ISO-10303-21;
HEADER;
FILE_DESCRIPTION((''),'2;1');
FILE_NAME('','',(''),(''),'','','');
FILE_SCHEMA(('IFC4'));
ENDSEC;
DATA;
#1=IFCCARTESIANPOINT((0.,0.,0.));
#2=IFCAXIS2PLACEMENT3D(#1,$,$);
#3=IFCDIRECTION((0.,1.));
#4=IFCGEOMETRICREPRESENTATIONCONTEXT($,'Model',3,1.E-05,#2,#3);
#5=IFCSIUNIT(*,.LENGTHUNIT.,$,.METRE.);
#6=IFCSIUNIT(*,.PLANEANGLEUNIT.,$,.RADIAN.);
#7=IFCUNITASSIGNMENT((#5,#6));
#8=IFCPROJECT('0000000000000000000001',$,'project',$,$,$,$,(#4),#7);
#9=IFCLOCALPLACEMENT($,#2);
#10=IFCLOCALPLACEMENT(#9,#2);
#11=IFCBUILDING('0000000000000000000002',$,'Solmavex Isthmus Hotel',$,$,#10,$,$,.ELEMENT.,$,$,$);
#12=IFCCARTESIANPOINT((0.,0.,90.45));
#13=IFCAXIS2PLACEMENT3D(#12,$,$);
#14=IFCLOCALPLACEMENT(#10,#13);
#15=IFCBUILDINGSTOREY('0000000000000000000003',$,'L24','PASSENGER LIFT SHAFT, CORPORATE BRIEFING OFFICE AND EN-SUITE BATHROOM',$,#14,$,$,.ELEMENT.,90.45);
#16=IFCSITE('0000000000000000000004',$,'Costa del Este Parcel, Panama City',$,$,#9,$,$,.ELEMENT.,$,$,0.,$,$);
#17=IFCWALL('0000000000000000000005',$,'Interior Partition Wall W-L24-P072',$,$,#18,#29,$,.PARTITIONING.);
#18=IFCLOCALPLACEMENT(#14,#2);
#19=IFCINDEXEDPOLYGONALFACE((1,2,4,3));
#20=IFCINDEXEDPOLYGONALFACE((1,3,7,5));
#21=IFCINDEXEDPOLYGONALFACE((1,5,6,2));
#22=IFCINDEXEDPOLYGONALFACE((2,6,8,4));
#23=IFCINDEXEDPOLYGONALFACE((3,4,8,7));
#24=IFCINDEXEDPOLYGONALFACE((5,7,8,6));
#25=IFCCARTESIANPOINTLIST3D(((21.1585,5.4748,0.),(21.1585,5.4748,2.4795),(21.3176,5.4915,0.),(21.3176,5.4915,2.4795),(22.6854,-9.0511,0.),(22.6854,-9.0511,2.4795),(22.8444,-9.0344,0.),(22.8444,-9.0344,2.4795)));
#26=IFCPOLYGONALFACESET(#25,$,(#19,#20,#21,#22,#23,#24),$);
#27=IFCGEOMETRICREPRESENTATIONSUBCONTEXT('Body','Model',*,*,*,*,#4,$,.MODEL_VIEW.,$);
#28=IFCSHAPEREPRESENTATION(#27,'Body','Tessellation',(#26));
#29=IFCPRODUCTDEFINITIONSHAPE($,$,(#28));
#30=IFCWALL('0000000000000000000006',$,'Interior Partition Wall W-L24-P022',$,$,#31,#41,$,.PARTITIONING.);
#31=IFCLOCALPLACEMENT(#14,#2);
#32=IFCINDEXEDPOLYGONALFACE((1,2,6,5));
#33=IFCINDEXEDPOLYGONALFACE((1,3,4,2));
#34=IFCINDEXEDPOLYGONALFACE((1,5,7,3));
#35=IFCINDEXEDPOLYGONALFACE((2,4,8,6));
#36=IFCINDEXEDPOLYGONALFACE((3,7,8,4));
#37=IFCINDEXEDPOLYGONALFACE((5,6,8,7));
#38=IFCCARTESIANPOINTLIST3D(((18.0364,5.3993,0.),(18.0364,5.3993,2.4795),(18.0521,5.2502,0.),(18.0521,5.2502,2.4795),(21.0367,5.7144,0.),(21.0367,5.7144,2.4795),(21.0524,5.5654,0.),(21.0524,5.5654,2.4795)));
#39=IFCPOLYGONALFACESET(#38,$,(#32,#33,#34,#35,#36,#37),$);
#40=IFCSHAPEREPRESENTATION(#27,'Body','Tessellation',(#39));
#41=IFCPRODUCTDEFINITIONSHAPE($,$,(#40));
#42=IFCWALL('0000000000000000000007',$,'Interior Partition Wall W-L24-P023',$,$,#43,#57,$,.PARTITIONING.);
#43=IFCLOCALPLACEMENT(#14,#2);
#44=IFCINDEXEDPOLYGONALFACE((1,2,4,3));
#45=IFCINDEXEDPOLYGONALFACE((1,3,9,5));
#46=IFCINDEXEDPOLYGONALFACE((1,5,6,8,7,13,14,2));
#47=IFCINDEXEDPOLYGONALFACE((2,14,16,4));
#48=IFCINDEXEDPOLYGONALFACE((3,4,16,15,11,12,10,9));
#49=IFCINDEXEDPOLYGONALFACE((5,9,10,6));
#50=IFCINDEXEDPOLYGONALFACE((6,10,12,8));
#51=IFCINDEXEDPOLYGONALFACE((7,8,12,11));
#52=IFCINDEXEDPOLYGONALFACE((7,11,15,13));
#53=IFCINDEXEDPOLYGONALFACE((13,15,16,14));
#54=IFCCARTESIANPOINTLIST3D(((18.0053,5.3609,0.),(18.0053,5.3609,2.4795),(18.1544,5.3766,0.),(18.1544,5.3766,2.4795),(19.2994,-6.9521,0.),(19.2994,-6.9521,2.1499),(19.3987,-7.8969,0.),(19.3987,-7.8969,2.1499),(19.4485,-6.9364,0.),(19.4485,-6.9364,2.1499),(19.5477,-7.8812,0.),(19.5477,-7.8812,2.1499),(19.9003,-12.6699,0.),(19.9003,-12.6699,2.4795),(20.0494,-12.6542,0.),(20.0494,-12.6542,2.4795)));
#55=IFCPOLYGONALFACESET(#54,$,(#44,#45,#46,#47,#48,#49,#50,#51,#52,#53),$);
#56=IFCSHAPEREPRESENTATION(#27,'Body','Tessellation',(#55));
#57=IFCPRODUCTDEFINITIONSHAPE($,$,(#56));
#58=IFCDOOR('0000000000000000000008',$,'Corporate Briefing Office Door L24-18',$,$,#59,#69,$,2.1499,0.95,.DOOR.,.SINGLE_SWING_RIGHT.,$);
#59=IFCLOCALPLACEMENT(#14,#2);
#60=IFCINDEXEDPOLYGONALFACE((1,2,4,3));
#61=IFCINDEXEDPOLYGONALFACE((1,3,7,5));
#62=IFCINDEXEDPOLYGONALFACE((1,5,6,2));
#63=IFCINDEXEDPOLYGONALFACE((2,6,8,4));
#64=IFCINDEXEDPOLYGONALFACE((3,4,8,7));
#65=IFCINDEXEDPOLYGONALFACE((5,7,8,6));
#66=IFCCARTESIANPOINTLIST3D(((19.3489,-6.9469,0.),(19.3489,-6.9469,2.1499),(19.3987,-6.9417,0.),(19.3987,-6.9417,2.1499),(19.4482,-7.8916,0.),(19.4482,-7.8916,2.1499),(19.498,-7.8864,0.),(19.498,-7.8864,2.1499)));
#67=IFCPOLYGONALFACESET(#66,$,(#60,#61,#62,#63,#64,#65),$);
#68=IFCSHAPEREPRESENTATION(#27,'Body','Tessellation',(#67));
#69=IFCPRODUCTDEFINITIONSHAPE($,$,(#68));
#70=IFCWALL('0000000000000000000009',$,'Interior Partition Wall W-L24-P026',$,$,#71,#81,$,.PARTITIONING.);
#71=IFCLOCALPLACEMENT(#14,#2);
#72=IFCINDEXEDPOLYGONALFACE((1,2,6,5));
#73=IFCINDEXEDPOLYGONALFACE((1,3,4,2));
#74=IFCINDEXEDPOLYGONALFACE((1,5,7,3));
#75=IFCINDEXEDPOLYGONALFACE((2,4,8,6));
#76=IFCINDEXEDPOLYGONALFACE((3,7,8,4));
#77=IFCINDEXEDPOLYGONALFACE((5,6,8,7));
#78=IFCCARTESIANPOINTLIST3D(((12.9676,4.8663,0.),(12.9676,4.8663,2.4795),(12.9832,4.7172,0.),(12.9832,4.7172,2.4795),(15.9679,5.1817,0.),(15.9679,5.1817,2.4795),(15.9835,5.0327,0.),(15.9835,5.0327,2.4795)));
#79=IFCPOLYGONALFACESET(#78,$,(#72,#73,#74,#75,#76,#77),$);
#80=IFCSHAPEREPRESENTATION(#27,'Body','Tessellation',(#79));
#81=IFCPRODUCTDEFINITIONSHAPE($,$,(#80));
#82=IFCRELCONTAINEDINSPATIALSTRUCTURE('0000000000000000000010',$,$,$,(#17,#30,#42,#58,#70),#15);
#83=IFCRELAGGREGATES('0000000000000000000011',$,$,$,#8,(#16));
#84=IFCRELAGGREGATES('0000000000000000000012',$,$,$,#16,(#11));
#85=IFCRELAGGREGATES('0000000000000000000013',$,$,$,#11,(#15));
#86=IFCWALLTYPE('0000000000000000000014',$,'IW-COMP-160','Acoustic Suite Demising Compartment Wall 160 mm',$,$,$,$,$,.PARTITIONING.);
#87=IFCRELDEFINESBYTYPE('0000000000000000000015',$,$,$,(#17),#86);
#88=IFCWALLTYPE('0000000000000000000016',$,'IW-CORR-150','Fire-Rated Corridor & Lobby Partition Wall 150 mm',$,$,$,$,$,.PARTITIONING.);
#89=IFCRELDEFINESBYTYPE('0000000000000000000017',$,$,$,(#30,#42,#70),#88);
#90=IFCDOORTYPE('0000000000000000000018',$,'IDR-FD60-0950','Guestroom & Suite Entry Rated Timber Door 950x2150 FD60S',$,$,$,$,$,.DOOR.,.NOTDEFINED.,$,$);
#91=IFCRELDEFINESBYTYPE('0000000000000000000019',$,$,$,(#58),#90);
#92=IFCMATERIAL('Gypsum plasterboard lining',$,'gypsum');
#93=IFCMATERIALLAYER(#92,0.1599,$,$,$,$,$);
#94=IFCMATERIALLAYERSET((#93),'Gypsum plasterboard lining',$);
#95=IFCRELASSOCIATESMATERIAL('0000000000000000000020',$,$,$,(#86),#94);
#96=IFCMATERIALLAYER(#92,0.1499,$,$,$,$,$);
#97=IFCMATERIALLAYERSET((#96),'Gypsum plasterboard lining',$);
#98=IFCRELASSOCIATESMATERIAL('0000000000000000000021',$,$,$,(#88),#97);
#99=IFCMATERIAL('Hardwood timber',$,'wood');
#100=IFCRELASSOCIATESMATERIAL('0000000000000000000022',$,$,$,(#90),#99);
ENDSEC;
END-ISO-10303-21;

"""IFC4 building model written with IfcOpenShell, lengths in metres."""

from ifc_helpers import new_model, si_unit, direction, frame, frame_2d, origin, place, context, subcontext, project, spatial, rectangle, extrude, material, layer, layer_set, type_object, element, fill, save


model = new_model("IFC4")

# Units and contexts
model_context = context("Model", 3, precision=1e-05, world=origin(), true_north=direction((0.0, 1.0)))
body_context = subcontext(model_context, "Body", "Model", "MODEL_VIEW")
ifc_project = project(units=[si_unit("LENGTHUNIT", "METRE"), si_unit("PLANEANGLEUNIT", "RADIAN")], contexts=[model_context])

# Site, building, storey
site_placement = place(None, origin())
site = spatial("IfcSite", under=ifc_project, at=site_placement, Name="Costa del Este Parcel, Panama City", CompositionType="ELEMENT", RefElevation=0.0)
building_placement = place(site_placement, origin())
building = spatial("IfcBuilding", under=site, at=building_placement, Name="Solmavex Isthmus Hotel", CompositionType="ELEMENT")
storey_placement = place(building_placement, frame((0.0, 0.0, 90.45)))
storey = spatial("IfcBuildingStorey", under=building, at=storey_placement, Name="L24", Description="PASSENGER LIFT SHAFT, CORPORATE BRIEFING OFFICE AND EN-SUITE BATHROOM", CompositionType="ELEMENT", Elevation=90.45)

# Walls
ifc_material_1 = material(Name="Gypsum plasterboard lining", Category="gypsum")
ifc_layer_1 = layer(ifc_material_1, 0.1599)
ifc_layer_set_1 = layer_set([ifc_layer_1], Name="Gypsum plasterboard lining")
wall_type_1 = type_object("IfcWallType", Name="IW-COMP-160", Description="Acoustic Suite Demising Compartment Wall 160 mm", PredefinedType="PARTITIONING", material=ifc_layer_set_1)
wall_1_placement = place(storey_placement, frame((21.238, 5.4832, 0.0), z_axis=(0.0, 0.0, 1.0), x_axis=(0.104537, -0.994521, 0.0)))
element("IfcWall", 1, at=wall_1_placement, inside=storey, type_object=wall_type_1, Name="Interior Partition Wall W-L24-P072", PredefinedType="PARTITIONING", context=body_context, shape_type="SweptSolid", body=[
    extrude(rectangle(XDim=14.606, YDim=0.1599, at=frame_2d((7.303, 0.0))), origin(), (0.0, 0.0, 1.0), 2.4795),
])
ifc_layer_2 = layer(ifc_material_1, 0.1499)
ifc_layer_set_2 = layer_set([ifc_layer_2], Name="Gypsum plasterboard lining")
wall_type_2 = type_object("IfcWallType", Name="IW-CORR-150", Description="Fire-Rated Corridor & Lobby Partition Wall 150 mm", PredefinedType="PARTITIONING", material=ifc_layer_set_2)
wall_2_placement = place(storey_placement, frame((21.0444, 5.6399, 0.0), z_axis=(0.0, 0.0, 1.0), x_axis=(-0.994527, -0.104478, 0.0)))
element("IfcWall", 2, at=wall_2_placement, inside=storey, type_object=wall_type_2, Name="Interior Partition Wall W-L24-P022", PredefinedType="PARTITIONING", context=body_context, shape_type="SweptSolid", body=[
    extrude(rectangle(XDim=3.0168, YDim=0.1499, at=frame_2d((1.5083, 0.0))), origin(), (0.0, 0.0, 1.0), 2.4795),
])

# Wall, opening, door
wall_3_placement = place(storey_placement, frame((18.0798, 5.3687, 0.0), z_axis=(0.0, 0.0, 1.0), x_axis=(0.104524, -0.994522, 0.0)))
wall_3 = element("IfcWall", 3, at=wall_3_placement, inside=storey, type_object=wall_type_2, Name="Interior Partition Wall W-L24-P023", PredefinedType="PARTITIONING", context=body_context, shape_type="SweptSolid", body=[
    extrude(rectangle(XDim=18.1301, YDim=0.1499, at=frame_2d((9.0649, 0.0))), origin(), (0.0, 0.0, 1.0), 2.4795),
])
opening_1_placement = place(wall_3_placement, frame((12.3806, 0.0, 0.0)))
opening_1 = element("IfcOpeningElement", 4, at=opening_1_placement, cuts=wall_3, PredefinedType="OPENING", context=body_context, shape_type="SweptSolid", body=[
    extrude(rectangle(XDim=0.95, YDim=2.1499, at=frame_2d((0.4751, 1.075))), frame((0.0, 0.085, 0.0), z_axis=(0.0, -1.0, 0.0), x_axis=(1.0, 0.0, 0.0)), (0.0, 0.0, 1.0), 0.1699),
])
ifc_material_2 = material(Name="Hardwood timber", Category="wood")
door_type = type_object("IfcDoorType", Name="IDR-FD60-0950", Description="Guestroom & Suite Entry Rated Timber Door 950x2150 FD60S", OperationType="NOTDEFINED", PredefinedType="DOOR", material=ifc_material_2)
door_1_placement = place(opening_1_placement, origin())
door_1 = element("IfcDoor", 5, at=door_1_placement, inside=storey, type_object=door_type, Name="Corporate Briefing Office Door L24-18", OperationType="SINGLE_SWING_RIGHT", OverallHeight=2.1499, OverallWidth=0.95, PredefinedType="DOOR", context=body_context, shape_type="SweptSolid", body=[
    extrude(rectangle(XDim=0.95, YDim=2.1499, at=frame_2d((0.4751, 1.075))), frame((0.0, 0.0249, 0.0), z_axis=(0.0, -1.0, 0.0), x_axis=(1.0, 0.0, 0.0)), (0.0, 0.0, 1.0), 0.05),
])
fill(opening_1, door_1)

# Wall
wall_4_placement = place(storey_placement, frame((15.9756, 5.1072, 0.0), z_axis=(0.0, 0.0, 1.0), x_axis=(-0.994519, -0.104558, 0.0)))
element("IfcWall", 6, at=wall_4_placement, inside=storey, type_object=wall_type_2, Name="Interior Partition Wall W-L24-P026", PredefinedType="PARTITIONING", context=body_context, shape_type="SweptSolid", body=[
    extrude(rectangle(XDim=3.0168, YDim=0.1499, at=frame_2d((1.5083, 0.0))), origin(), (0.0, 0.0, 1.0), 2.4795),
])

save(model, "model.ifc")
